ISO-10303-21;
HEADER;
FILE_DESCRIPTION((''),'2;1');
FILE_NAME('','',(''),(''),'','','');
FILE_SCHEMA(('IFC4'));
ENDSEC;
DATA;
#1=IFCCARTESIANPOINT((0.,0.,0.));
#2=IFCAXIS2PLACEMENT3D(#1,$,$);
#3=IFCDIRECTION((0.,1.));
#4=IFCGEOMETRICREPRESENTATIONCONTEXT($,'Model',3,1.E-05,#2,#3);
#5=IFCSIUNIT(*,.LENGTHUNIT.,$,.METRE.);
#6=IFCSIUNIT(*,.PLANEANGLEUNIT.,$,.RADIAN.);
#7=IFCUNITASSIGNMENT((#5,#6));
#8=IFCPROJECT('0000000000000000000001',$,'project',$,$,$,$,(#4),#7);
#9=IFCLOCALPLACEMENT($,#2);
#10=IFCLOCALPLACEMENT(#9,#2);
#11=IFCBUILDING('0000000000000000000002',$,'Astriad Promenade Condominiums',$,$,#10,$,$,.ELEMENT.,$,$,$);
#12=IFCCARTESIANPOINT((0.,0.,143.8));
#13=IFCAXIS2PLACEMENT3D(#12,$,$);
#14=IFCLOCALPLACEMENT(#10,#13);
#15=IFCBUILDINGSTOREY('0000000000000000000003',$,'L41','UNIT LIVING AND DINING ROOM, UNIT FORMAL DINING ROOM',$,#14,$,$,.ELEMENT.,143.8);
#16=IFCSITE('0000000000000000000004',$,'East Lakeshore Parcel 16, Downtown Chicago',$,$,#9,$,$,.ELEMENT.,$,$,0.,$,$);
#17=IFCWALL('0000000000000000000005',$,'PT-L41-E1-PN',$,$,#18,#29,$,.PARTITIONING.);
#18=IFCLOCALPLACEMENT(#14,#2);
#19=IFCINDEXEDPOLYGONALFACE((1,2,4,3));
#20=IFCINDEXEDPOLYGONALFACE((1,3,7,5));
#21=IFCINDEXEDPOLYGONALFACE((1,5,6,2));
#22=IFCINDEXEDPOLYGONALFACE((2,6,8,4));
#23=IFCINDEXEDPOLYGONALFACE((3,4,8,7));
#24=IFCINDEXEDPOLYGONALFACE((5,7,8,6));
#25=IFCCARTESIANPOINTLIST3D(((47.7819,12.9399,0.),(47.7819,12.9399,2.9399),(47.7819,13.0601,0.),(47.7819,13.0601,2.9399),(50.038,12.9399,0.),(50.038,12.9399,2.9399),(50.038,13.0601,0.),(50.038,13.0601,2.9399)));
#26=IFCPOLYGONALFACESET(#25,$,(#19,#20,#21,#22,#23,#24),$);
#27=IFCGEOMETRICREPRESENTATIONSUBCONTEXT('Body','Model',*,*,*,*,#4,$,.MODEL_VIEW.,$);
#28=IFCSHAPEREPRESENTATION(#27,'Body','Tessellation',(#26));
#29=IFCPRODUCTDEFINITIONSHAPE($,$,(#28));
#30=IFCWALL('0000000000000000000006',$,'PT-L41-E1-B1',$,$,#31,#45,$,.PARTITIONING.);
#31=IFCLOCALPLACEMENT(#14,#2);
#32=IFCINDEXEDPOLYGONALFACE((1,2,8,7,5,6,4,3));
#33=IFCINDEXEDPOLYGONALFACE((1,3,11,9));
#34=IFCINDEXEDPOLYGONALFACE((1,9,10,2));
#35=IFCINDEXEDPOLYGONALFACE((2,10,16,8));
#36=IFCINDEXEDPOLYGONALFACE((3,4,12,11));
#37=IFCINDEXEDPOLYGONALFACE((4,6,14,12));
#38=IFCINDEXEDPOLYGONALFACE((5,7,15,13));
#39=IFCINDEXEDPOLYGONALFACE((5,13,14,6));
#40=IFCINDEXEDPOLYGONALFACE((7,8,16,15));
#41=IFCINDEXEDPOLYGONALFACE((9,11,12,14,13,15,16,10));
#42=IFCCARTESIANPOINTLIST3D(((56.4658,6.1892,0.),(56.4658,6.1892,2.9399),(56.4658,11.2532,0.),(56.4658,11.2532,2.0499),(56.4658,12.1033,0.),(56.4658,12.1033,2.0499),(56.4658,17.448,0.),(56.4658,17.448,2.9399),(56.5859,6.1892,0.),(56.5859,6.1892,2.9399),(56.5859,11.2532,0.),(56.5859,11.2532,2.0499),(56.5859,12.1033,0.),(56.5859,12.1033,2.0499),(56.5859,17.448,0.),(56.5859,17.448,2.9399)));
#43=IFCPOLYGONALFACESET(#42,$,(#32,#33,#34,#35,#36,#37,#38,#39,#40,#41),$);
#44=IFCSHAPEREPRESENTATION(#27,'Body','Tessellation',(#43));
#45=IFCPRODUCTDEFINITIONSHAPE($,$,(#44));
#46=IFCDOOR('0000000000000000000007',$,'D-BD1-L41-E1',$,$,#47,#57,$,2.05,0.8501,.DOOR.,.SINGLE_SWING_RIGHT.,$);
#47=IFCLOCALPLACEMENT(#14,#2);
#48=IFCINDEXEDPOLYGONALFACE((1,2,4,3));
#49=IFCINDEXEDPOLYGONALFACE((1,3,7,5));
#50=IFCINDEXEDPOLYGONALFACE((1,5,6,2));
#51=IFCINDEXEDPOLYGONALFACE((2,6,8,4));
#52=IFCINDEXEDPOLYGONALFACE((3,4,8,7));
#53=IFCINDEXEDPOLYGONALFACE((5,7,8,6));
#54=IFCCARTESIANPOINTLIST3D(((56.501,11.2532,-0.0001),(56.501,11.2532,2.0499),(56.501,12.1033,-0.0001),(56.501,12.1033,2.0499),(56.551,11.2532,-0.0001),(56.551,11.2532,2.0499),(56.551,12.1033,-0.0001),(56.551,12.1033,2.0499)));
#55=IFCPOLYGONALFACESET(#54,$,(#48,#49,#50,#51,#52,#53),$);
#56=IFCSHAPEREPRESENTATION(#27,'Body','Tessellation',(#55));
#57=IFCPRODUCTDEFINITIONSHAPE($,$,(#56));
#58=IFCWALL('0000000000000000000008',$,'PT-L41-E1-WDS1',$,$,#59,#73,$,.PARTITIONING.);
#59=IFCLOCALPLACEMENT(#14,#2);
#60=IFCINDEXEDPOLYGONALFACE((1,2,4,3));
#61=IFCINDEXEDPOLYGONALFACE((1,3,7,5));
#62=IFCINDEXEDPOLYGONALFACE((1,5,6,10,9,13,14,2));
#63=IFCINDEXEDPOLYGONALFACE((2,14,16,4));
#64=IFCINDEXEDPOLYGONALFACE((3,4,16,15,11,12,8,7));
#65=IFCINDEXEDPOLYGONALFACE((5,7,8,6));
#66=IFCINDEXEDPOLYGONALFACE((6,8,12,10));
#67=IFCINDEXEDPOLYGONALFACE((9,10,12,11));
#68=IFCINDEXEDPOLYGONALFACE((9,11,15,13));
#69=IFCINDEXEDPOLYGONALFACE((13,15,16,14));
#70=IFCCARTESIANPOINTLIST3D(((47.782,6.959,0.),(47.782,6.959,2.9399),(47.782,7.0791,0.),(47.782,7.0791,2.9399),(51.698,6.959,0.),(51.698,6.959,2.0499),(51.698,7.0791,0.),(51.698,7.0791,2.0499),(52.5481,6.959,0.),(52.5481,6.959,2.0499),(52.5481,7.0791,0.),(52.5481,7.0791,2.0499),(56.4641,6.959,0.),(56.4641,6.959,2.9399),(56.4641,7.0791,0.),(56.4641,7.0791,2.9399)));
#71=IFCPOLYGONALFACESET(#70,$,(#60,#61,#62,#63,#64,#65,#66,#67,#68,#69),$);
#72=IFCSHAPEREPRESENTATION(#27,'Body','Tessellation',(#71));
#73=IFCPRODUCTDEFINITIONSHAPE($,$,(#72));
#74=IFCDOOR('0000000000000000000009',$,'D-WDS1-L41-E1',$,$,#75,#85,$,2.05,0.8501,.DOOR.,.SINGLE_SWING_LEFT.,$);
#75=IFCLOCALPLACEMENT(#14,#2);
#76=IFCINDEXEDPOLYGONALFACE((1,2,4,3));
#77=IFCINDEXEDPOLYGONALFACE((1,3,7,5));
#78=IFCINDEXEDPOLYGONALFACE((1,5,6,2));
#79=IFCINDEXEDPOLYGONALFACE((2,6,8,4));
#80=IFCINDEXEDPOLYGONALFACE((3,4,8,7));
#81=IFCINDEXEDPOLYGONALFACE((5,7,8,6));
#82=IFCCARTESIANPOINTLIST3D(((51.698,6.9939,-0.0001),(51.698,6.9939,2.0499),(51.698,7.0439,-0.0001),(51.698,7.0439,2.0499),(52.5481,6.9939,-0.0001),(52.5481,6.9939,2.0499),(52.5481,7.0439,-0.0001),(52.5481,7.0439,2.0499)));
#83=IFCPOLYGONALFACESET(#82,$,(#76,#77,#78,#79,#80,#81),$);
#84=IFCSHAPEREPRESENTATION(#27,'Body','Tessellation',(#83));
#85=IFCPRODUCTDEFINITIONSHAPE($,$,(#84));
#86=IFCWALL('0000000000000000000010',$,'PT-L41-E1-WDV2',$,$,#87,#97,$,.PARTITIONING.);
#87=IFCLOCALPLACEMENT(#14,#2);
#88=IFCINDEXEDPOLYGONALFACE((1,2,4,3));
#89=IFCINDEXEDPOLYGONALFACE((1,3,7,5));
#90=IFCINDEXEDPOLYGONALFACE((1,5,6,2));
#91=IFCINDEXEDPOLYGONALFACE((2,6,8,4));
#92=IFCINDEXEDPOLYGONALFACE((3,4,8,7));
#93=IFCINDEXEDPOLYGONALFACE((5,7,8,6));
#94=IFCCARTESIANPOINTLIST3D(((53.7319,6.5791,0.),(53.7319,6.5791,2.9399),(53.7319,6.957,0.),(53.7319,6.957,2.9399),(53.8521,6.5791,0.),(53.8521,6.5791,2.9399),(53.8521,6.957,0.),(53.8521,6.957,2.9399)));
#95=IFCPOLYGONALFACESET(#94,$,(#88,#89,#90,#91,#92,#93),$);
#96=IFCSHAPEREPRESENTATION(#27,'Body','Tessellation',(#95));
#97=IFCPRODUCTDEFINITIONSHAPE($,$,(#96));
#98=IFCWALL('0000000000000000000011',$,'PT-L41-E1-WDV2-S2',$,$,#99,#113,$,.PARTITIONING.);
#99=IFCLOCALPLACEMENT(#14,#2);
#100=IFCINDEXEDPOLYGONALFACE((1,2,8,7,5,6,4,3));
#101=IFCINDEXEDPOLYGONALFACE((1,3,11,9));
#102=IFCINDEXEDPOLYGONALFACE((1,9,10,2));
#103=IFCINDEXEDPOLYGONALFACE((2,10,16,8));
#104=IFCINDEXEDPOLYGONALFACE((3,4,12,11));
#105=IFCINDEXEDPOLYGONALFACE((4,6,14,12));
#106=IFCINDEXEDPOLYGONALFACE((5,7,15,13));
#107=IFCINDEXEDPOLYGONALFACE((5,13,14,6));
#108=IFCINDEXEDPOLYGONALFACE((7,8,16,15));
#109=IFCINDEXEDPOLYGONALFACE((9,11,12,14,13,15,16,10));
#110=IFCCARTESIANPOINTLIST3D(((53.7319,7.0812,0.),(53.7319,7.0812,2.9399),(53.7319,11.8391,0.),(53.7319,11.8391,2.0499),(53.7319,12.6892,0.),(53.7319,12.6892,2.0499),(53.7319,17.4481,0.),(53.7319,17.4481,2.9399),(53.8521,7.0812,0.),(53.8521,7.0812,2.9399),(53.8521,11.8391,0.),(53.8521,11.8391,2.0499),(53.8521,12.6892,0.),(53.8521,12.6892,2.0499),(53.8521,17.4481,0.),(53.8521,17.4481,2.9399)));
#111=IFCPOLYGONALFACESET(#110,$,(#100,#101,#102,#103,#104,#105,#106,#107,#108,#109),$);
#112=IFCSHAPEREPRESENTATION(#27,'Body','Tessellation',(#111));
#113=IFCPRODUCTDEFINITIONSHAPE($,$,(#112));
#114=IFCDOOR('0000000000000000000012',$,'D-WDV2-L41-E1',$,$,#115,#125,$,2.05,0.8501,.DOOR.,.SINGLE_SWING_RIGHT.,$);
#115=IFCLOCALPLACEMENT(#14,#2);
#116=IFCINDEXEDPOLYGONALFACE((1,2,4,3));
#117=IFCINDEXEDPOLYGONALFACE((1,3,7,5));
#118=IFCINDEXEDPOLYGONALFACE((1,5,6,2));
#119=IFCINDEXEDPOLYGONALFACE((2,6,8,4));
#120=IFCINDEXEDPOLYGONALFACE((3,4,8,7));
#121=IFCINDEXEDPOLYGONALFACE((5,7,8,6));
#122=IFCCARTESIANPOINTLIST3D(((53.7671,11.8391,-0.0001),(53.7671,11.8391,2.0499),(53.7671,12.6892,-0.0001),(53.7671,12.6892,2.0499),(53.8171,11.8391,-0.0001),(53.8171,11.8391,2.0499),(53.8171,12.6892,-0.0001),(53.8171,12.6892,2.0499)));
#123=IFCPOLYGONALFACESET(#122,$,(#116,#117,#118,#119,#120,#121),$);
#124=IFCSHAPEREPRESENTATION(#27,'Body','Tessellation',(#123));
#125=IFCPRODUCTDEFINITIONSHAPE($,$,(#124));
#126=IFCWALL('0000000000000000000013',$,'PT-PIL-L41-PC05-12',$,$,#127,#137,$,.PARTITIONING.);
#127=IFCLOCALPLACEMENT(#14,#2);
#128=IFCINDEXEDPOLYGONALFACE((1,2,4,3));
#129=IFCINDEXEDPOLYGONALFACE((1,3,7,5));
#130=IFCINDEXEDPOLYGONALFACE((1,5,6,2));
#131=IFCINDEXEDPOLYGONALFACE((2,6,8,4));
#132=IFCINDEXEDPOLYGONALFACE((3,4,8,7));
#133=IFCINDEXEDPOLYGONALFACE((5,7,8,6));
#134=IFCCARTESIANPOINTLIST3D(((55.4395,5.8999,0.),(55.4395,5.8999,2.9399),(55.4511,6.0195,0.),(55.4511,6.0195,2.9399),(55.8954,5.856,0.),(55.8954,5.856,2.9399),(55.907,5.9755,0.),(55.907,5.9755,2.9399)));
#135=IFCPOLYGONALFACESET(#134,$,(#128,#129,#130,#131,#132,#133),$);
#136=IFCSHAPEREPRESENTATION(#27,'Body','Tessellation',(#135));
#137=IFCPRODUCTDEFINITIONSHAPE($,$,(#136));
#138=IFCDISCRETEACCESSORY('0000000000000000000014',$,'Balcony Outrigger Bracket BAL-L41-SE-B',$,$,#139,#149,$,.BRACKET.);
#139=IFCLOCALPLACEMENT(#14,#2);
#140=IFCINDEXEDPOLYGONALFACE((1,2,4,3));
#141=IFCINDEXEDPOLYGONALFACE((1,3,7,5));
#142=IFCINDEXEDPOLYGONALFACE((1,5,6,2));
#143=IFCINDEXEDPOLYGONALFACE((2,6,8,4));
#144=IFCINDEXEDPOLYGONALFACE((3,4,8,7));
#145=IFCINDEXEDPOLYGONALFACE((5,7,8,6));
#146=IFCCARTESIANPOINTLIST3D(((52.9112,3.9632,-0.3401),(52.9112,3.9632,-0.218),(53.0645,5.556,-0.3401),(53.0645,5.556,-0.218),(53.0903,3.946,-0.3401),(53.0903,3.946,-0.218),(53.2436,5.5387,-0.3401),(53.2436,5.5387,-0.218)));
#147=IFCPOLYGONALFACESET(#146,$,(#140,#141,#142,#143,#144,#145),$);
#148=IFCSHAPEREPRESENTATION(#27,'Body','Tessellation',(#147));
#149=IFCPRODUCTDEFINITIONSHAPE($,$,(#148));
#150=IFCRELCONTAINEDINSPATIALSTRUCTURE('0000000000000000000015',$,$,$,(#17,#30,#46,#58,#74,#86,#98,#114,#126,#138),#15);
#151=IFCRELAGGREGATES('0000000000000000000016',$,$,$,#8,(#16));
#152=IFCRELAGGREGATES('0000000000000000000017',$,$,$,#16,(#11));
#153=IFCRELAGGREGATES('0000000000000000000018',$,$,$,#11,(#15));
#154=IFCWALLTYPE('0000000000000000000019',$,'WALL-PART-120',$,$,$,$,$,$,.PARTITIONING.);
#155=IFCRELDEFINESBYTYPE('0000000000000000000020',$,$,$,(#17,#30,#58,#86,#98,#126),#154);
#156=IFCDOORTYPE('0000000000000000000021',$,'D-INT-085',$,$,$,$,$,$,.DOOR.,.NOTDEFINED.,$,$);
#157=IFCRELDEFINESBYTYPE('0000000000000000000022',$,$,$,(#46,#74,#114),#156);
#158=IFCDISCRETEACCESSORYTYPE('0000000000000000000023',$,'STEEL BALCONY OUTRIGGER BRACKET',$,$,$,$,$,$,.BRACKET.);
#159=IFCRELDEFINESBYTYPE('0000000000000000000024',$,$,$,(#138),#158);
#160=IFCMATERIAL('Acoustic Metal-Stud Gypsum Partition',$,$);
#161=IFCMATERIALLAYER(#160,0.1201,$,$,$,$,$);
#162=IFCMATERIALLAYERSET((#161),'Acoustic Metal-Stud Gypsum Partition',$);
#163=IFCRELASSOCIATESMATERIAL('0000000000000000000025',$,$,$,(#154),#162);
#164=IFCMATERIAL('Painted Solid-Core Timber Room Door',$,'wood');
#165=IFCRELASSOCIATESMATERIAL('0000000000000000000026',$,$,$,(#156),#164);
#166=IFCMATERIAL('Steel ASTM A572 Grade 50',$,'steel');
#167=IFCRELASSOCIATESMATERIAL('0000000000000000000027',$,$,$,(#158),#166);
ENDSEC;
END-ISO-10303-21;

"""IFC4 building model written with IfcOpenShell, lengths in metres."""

from ifc_helpers import new_model, si_unit, direction, frame, frame_2d, origin, origin_2d, place, context, subcontext, project, spatial, rectangle, extrude, source, transform, mapped, material, layer, layer_set, type_object, type_shapes, element, fill, save


model = new_model("IFC4")

# Units and contexts
model_context = context("Model", 3, precision=1e-05, world=origin(), true_north=direction((0.0, 1.0)))
body_context = subcontext(model_context, "Body", "Model", "MODEL_VIEW")
ifc_project = project(units=[si_unit("LENGTHUNIT", "METRE"), si_unit("PLANEANGLEUNIT", "RADIAN")], contexts=[model_context])

# Site, building, storey
site_placement = place(None, origin())
site = spatial("IfcSite", under=ifc_project, at=site_placement, Name="East Lakeshore Parcel 16, Downtown Chicago", CompositionType="ELEMENT", RefElevation=0.0)
building_placement = place(site_placement, origin())
building = spatial("IfcBuilding", under=site, at=building_placement, Name="Astriad Promenade Condominiums", CompositionType="ELEMENT")
storey_placement = place(building_placement, frame((0.0, 0.0, 143.8)))
storey = spatial("IfcBuildingStorey", under=building, at=storey_placement, Name="L41", Description="UNIT LIVING AND DINING ROOM, UNIT FORMAL DINING ROOM", CompositionType="ELEMENT", Elevation=143.8)

# Shared definitions
ifc_material_1 = material(Name="Acoustic Metal-Stud Gypsum Partition")
ifc_layer_1 = layer(ifc_material_1, 0.1201)
ifc_layer_set_1 = layer_set([ifc_layer_1], Name="Acoustic Metal-Stud Gypsum Partition")
wall_type_1 = type_object("IfcWallType", Name="WALL-PART-120", PredefinedType="PARTITIONING", material=ifc_layer_set_1)

# Shared definitions
ifc_material_2 = material(Name="Painted Solid-Core Timber Room Door", Category="wood")
door_type_1 = type_object("IfcDoorType", Name="D-INT-085", OperationType="NOTDEFINED", PredefinedType="DOOR", material=ifc_material_2)
shared_shape_1 = source(origin(), body_context, "Body", "SweptSolid", [
    extrude(rectangle(XDim=0.8501, YDim=2.05, at=frame_2d((0.425, 1.0249))), frame((0.0, 0.0249, 0.0), z_axis=(0.0, -1.0, 0.0), x_axis=(1.0, 0.0, 0.0)), (0.0, 0.0, 1.0), 0.05),
])
type_shapes(door_type_1, [shared_shape_1])

# Wall
for number, where, z_axis, x_axis, name in (
    (1, (47.782, 13.0, 0.0), (0.0, 0.0, 1.0), (1.0, 0.0, 0.0), "PT-L41-E1-PN"),
):
    element("IfcWall", number, at=place(storey_placement, frame(where, z_axis=z_axis, x_axis=x_axis)), inside=storey, type_object=wall_type_1, Name=name, PredefinedType="PARTITIONING", context=body_context, shape_type="SweptSolid", body=[
        extrude(rectangle(XDim=2.2561, YDim=0.1201, at=frame_2d((1.1279, 0.0))), origin(), (0.0, 0.0, 1.0), 2.9399),
    ])

# Walls, openings, doors
wall_1_placement = place(storey_placement, frame((56.5259, 6.1892, 0.0), z_axis=(0.0, 0.0, 1.0), x_axis=(0.0, 1.0, 0.0)))
wall_1 = element("IfcWall", 2, at=wall_1_placement, inside=storey, type_object=wall_type_1, Name="PT-L41-E1-B1", PredefinedType="PARTITIONING", context=body_context, shape_type="SweptSolid", body=[
    extrude(rectangle(XDim=11.2588, YDim=0.1201, at=frame_2d((5.6294, 0.0))), origin(), (0.0, 0.0, 1.0), 2.9399),
])
opening_1_placement = place(wall_1_placement, frame((5.064, 0.0, 0.0)))
opening_1 = element("IfcOpeningElement", 3, at=opening_1_placement, cuts=wall_1, PredefinedType="OPENING", context=body_context, shape_type="SweptSolid", body=[
    extrude(rectangle(XDim=0.8501, YDim=2.05, at=frame_2d((0.425, 1.0249))), frame((0.0, 0.0701, 0.0), z_axis=(0.0, -1.0, 0.0), x_axis=(1.0, 0.0, 0.0)), (0.0, 0.0, 1.0), 0.1401),
])
door_1_placement = place(opening_1_placement, origin())
door_1 = element("IfcDoor", 4, at=door_1_placement, inside=storey, type_object=door_type_1, Name="D-BD1-L41-E1", OperationType="SINGLE_SWING_RIGHT", OverallHeight=2.05, OverallWidth=0.8501, PredefinedType="DOOR", context=body_context, shape_type="MappedRepresentation", body=[
    mapped(shared_shape_1, transform((0.0, 0.0, 0.0), scale=1.0)),
])
fill(opening_1, door_1)
wall_2_placement = place(storey_placement, frame((47.782, 7.019, 0.0), z_axis=(0.0, 0.0, 1.0), x_axis=(1.0, 0.0, 0.0)))
wall_2 = element("IfcWall", 5, at=wall_2_placement, inside=storey, type_object=wall_type_1, Name="PT-L41-E1-WDS1", PredefinedType="PARTITIONING", context=body_context, shape_type="SweptSolid", body=[
    extrude(rectangle(XDim=8.6821, YDim=0.1201, at=frame_2d((4.3411, 0.0))), origin(), (0.0, 0.0, 1.0), 2.9399),
])
opening_2_placement = place(wall_2_placement, frame((3.916, 0.0, 0.0)))
opening_2 = element("IfcOpeningElement", 6, at=opening_2_placement, cuts=wall_2, PredefinedType="OPENING", context=body_context, shape_type="SweptSolid", body=[
    extrude(rectangle(XDim=0.8501, YDim=2.05, at=frame_2d((0.425, 1.0249))), frame((0.0, 0.0701, 0.0), z_axis=(0.0, -1.0, 0.0), x_axis=(1.0, 0.0, 0.0)), (0.0, 0.0, 1.0), 0.1401),
])
door_2_placement = place(opening_2_placement, origin())
door_2 = element("IfcDoor", 7, at=door_2_placement, inside=storey, type_object=door_type_1, Name="D-WDS1-L41-E1", OperationType="SINGLE_SWING_LEFT", OverallHeight=2.05, OverallWidth=0.8501, PredefinedType="DOOR", context=body_context, shape_type="MappedRepresentation", body=[
    mapped(shared_shape_1, transform((0.0, 0.0, 0.0), scale=1.0)),
])
fill(opening_2, door_2)

# Wall
wall_3_placement = place(storey_placement, frame((53.792, 6.5791, 0.0), z_axis=(0.0, 0.0, 1.0), x_axis=(0.0, 1.0, 0.0)))
element("IfcWall", 8, at=wall_3_placement, inside=storey, type_object=wall_type_1, Name="PT-L41-E1-WDV2", PredefinedType="PARTITIONING", context=body_context, shape_type="SweptSolid", body=[
    extrude(rectangle(XDim=0.3779, YDim=0.1201, at=frame_2d((0.189, 0.0))), origin(), (0.0, 0.0, 1.0), 2.9399),
])

# Wall, opening, door
wall_4_placement = place(storey_placement, frame((53.792, 7.0811, 0.0), z_axis=(0.0, 0.0, 1.0), x_axis=(0.0, 1.0, 0.0)))
wall_4 = element("IfcWall", 9, at=wall_4_placement, inside=storey, type_object=wall_type_1, Name="PT-L41-E1-WDV2-S2", PredefinedType="PARTITIONING", context=body_context, shape_type="SweptSolid", body=[
    extrude(rectangle(XDim=10.3669, YDim=0.1201, at=frame_2d((5.1836, 0.0))), origin(), (0.0, 0.0, 1.0), 2.9399),
])
opening_3_placement = place(wall_4_placement, frame((4.7581, 0.0, 0.0)))
opening_3 = element("IfcOpeningElement", 10, at=opening_3_placement, cuts=wall_4, PredefinedType="OPENING", context=body_context, shape_type="SweptSolid", body=[
    extrude(rectangle(XDim=0.8501, YDim=2.05, at=frame_2d((0.425, 1.0249))), frame((0.0, 0.0701, 0.0), z_axis=(0.0, -1.0, 0.0), x_axis=(1.0, 0.0, 0.0)), (0.0, 0.0, 1.0), 0.1401),
])
door_3_placement = place(opening_3_placement, origin())
door_3 = element("IfcDoor", 11, at=door_3_placement, inside=storey, type_object=door_type_1, Name="D-WDV2-L41-E1", OperationType="SINGLE_SWING_RIGHT", OverallHeight=2.05, OverallWidth=0.8501, PredefinedType="DOOR", context=body_context, shape_type="MappedRepresentation", body=[
    mapped(shared_shape_1, transform((0.0, 0.0, 0.0), scale=1.0)),
])
fill(opening_3, door_3)

# Wall
wall_5_placement = place(storey_placement, frame((55.4453, 5.9597, 0.0), z_axis=(0.0, 0.0, 1.0), x_axis=(0.995385, -0.095966, 0.0)))
element("IfcWall", 12, at=wall_5_placement, inside=storey, type_object=wall_type_1, Name="PT-PIL-L41-PC05-12", PredefinedType="PARTITIONING", context=body_context, shape_type="SweptSolid", body=[
    extrude(rectangle(XDim=0.458, YDim=0.1201, at=frame_2d((0.229, 0.0))), origin(), (0.0, 0.0, 1.0), 2.9399),
])

# Discrete accessory
ifc_material_3 = material(Name="Steel ASTM A572 Grade 50", Category="steel")
discrete_accessory_type = type_object("IfcDiscreteAccessoryType", Name="STEEL BALCONY OUTRIGGER BRACKET", PredefinedType="BRACKET", material=ifc_material_3)
shared_shape_2 = source(origin(), body_context, "Body", "SweptSolid", [
    extrude(rectangle(XDim=1.6001, YDim=0.1799, at=origin_2d()), origin(), (0.0, 0.0, 1.0), 0.1221),
])
type_shapes(discrete_accessory_type, [shared_shape_2])
discrete_accessory_placement = place(storey_placement, frame((53.0774, 4.751, -0.3401), z_axis=(0.0, 0.0, 1.0), x_axis=(-0.095846, -0.995396, 0.0)))
element("IfcDiscreteAccessory", 13, at=discrete_accessory_placement, inside=storey, type_object=discrete_accessory_type, Name="Balcony Outrigger Bracket BAL-L41-SE-B", PredefinedType="BRACKET", context=body_context, shape_type="MappedRepresentation", body=[
    mapped(shared_shape_2, transform((0.0, 0.0, 0.0), scale=1.0)),
])

save(model, "model.ifc")
